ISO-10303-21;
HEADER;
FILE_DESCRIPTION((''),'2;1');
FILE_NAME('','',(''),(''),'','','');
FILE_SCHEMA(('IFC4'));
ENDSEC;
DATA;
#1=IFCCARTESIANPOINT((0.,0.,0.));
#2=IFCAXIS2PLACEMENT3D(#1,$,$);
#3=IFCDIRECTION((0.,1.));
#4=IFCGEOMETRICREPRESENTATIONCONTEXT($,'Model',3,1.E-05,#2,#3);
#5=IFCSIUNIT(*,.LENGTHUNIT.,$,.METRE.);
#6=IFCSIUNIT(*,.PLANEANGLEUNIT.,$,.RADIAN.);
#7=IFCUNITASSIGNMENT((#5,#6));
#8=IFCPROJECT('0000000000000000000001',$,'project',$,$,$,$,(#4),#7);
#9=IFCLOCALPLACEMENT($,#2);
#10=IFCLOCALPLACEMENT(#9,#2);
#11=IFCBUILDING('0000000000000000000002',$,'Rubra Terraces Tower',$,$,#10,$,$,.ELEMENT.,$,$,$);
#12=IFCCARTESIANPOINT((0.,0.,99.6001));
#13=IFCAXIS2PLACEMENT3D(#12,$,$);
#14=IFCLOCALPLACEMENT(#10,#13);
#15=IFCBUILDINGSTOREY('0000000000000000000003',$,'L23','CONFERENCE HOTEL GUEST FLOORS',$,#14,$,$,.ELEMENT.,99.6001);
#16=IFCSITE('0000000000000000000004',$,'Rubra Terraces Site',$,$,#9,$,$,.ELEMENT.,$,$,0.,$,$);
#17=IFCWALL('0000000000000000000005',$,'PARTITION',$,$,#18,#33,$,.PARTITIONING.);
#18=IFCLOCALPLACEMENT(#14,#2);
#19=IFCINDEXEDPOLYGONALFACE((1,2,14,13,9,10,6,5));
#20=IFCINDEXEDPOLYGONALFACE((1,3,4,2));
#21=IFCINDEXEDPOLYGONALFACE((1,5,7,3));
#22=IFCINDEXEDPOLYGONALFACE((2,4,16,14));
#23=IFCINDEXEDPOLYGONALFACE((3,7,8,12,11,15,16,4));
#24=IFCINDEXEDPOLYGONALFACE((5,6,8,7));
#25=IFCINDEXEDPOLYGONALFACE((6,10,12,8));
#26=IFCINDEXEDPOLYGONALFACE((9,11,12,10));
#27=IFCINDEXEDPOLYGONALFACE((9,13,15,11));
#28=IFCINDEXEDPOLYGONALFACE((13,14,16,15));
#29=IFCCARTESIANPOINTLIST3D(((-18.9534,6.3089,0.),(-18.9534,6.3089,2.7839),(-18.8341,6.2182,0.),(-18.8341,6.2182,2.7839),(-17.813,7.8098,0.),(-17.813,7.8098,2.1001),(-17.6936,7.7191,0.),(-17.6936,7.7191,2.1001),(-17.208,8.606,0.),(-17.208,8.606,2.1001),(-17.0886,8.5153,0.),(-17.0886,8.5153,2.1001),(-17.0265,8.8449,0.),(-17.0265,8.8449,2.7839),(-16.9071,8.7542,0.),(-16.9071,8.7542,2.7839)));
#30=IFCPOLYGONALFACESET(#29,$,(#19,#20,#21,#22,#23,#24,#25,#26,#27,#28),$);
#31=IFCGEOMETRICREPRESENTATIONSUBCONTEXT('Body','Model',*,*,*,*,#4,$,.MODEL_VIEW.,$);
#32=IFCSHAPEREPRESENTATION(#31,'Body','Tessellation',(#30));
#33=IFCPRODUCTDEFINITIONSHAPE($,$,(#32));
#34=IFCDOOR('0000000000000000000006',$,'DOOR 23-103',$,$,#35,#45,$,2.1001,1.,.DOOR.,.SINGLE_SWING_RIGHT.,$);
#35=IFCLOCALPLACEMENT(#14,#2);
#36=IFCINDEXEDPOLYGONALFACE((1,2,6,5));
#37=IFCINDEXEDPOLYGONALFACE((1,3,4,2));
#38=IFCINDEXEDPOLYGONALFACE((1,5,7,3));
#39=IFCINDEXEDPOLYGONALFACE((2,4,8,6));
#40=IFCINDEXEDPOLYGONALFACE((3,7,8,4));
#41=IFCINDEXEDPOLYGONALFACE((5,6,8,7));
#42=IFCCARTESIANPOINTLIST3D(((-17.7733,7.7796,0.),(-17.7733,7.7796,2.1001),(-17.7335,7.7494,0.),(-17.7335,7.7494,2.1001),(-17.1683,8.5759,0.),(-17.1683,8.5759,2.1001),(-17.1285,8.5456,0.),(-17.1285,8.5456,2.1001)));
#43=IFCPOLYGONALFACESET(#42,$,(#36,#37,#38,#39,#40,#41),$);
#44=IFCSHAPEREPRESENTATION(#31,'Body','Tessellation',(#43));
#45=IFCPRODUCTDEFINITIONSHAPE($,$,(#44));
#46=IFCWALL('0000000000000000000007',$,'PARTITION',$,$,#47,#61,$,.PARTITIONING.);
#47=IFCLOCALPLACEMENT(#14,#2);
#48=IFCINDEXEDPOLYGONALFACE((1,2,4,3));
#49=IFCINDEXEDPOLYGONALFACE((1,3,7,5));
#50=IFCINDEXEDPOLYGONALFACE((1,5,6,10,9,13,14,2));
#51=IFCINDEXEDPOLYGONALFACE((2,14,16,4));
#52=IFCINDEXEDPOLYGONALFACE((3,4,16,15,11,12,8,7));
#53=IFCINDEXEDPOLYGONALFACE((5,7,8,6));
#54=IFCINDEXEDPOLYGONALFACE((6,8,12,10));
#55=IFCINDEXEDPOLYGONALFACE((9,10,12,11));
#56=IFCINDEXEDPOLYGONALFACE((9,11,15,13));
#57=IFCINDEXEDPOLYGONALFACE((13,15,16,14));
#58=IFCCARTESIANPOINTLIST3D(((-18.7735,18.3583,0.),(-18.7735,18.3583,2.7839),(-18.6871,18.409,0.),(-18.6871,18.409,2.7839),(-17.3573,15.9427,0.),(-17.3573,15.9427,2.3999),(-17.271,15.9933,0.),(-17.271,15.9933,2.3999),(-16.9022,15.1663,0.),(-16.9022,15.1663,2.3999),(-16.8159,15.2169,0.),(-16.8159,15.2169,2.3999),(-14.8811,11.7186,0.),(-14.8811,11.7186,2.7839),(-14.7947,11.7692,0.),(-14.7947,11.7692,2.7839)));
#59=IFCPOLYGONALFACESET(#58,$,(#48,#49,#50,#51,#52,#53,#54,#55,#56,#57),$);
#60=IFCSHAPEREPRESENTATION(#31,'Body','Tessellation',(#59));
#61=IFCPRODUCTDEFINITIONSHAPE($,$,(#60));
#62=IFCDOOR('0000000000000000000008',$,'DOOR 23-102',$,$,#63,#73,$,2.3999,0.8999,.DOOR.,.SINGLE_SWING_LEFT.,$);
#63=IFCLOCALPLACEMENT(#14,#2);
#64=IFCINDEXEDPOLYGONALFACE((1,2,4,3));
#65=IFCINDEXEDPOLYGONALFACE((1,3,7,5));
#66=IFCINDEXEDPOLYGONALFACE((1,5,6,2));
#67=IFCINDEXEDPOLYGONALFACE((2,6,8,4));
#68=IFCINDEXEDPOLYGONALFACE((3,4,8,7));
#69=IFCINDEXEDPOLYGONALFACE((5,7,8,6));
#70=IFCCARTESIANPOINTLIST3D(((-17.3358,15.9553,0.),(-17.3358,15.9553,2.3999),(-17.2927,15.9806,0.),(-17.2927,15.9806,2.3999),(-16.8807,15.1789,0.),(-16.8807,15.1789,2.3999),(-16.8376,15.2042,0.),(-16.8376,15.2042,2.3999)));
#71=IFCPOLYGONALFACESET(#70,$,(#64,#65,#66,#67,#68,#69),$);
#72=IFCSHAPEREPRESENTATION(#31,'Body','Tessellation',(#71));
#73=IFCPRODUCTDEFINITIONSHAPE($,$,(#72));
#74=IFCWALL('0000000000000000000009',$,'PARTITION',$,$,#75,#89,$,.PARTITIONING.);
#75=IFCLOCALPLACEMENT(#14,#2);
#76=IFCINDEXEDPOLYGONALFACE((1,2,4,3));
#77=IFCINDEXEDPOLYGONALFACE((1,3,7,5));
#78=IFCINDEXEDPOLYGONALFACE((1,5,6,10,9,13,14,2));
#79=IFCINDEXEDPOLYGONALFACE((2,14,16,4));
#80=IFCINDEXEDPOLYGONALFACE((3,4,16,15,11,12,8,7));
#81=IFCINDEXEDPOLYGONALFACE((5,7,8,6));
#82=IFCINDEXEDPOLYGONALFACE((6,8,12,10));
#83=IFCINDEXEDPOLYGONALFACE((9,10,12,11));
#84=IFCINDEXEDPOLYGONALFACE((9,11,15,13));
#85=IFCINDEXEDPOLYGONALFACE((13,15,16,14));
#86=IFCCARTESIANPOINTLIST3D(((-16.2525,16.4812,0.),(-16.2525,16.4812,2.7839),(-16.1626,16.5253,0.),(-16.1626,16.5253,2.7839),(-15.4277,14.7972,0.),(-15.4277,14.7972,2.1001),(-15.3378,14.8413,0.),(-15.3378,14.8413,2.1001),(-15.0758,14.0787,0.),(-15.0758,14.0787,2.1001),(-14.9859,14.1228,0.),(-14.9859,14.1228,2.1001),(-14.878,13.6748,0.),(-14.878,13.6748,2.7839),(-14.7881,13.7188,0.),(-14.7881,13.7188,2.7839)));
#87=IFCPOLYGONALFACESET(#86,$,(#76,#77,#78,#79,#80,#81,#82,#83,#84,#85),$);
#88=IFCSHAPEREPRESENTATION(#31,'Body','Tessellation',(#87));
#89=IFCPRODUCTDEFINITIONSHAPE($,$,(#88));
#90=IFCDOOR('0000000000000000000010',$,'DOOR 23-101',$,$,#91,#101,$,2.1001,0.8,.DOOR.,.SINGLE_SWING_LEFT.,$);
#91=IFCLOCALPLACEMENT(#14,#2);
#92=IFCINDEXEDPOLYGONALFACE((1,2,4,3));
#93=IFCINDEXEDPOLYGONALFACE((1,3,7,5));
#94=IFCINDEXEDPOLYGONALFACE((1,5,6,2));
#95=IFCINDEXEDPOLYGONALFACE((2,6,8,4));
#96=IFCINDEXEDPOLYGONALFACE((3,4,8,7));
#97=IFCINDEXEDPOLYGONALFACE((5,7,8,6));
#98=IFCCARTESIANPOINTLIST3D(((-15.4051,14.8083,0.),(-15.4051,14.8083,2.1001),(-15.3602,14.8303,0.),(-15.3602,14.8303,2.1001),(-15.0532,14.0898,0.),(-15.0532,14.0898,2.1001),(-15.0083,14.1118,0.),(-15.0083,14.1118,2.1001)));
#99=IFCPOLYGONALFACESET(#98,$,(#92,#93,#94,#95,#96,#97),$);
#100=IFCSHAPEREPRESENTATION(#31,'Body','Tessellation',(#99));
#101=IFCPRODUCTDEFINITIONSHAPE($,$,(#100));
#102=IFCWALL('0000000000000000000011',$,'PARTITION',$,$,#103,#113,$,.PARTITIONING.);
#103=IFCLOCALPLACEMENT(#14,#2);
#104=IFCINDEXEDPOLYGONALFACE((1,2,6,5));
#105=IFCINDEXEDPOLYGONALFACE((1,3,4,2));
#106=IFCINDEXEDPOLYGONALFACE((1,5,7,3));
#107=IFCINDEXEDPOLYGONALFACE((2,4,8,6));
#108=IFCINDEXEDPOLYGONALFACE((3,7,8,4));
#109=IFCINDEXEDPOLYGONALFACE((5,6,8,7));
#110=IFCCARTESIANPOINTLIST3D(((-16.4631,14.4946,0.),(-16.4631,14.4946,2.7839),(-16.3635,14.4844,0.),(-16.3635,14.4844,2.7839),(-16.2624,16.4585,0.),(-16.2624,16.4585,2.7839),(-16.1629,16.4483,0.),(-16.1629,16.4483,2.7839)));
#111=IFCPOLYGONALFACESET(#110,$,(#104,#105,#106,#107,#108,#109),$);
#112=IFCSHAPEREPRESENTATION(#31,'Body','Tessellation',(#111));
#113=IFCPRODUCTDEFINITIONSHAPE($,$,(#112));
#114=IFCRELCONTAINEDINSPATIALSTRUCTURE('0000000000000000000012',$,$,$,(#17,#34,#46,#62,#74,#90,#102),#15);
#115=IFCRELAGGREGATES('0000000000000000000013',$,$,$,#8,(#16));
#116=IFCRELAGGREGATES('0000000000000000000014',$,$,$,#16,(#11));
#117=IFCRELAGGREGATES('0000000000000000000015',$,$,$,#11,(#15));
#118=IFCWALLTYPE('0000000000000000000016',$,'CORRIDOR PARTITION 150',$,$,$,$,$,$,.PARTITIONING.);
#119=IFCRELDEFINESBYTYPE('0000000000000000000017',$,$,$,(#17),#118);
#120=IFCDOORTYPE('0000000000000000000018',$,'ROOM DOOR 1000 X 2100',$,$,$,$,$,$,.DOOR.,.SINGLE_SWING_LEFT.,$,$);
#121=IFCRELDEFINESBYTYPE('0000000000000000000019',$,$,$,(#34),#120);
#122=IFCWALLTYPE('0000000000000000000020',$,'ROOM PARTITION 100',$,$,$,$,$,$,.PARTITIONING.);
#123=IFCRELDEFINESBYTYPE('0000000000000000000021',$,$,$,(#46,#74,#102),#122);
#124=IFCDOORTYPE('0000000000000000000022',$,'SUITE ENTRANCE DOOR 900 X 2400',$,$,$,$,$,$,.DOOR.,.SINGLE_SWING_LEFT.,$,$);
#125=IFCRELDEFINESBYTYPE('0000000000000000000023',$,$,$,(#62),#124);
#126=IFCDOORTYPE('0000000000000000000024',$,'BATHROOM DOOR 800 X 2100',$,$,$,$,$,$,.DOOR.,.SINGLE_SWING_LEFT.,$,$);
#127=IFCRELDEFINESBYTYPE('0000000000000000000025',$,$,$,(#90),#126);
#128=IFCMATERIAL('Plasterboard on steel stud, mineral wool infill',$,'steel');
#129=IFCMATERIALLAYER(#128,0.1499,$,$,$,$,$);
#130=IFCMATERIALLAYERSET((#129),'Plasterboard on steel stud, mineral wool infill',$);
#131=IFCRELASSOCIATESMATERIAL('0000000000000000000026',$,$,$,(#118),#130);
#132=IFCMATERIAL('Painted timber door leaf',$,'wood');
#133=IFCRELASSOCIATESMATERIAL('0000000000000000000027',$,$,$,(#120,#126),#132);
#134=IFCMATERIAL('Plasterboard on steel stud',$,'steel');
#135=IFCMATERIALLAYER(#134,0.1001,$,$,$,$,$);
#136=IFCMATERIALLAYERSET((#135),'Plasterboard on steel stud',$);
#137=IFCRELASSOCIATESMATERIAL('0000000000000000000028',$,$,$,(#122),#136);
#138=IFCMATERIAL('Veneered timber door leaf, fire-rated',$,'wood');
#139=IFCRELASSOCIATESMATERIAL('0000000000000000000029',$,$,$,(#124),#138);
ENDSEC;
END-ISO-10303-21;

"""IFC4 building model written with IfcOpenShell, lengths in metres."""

from ifc_helpers import new_model, si_unit, direction, frame, frame_2d, origin, place, context, subcontext, project, spatial, rectangle, extrude, material, layer, layer_set, type_object, element, fill, save


model = new_model("IFC4")

# Units and contexts
model_context = context("Model", 3, precision=1e-05, world=origin(), true_north=direction((0.0, 1.0)))
body_context = subcontext(model_context, "Body", "Model", "MODEL_VIEW")
ifc_project = project(units=[si_unit("LENGTHUNIT", "METRE"), si_unit("PLANEANGLEUNIT", "RADIAN")], contexts=[model_context])

# Site, building, storey
site_placement = place(None, origin())
site = spatial("IfcSite", under=ifc_project, at=site_placement, Name="Rubra Terraces Site", CompositionType="ELEMENT", RefElevation=0.0)
building_placement = place(site_placement, origin())
building = spatial("IfcBuilding", under=site, at=building_placement, Name="Rubra Terraces Tower", CompositionType="ELEMENT")
storey_placement = place(building_placement, frame((0.0, 0.0, 99.6001)))
storey = spatial("IfcBuildingStorey", under=building, at=storey_placement, Name="L23", Description="CONFERENCE HOTEL GUEST FLOORS", CompositionType="ELEMENT", Elevation=99.6001)

# Shared definitions
ifc_material_1 = material(Name="Plasterboard on steel stud, mineral wool infill", Category="steel")
ifc_layer_1 = layer(ifc_material_1, 0.1499)
ifc_layer_set_1 = layer_set([ifc_layer_1], Name="Plasterboard on steel stud, mineral wool infill")
wall_type_1 = type_object("IfcWallType", Name="CORRIDOR PARTITION 150", PredefinedType="PARTITIONING", material=ifc_layer_set_1)

# Walls, openings, doors
wall_1_placement = place(storey_placement, frame((-16.9668, 8.7996, 0.0), z_axis=(0.0, 0.0, 1.0), x_axis=(-0.604992, -0.796232, 0.0)))
wall_1 = element("IfcWall", 1, at=wall_1_placement, inside=storey, type_object=wall_type_1, Name="PARTITION", PredefinedType="PARTITIONING", context=body_context, shape_type="SweptSolid", body=[
    extrude(rectangle(XDim=3.1851, YDim=0.1499, at=frame_2d((1.5925, 0.0))), origin(), (0.0, 0.0, 1.0), 2.7839),
])
opening_1_placement = place(wall_1_placement, frame((0.3, 0.0, 0.0)))
opening_1 = element("IfcOpeningElement", 2, at=opening_1_placement, cuts=wall_1, PredefinedType="OPENING", context=body_context, shape_type="SweptSolid", body=[
    extrude(rectangle(XDim=1.0, YDim=2.1001, at=frame_2d((0.5, 1.05))), frame((0.0, 0.085, 0.0), z_axis=(0.0, -1.0, 0.0), x_axis=(1.0, 0.0, 0.0)), (0.0, 0.0, 1.0), 0.1699),
])
ifc_material_2 = material(Name="Painted timber door leaf", Category="wood")
door_type_1 = type_object("IfcDoorType", Name="ROOM DOOR 1000 X 2100", OperationType="SINGLE_SWING_LEFT", PredefinedType="DOOR", material=ifc_material_2)
door_1_placement = place(opening_1_placement, origin())
door_1 = element("IfcDoor", 3, at=door_1_placement, inside=storey, type_object=door_type_1, Name="DOOR 23-103", OperationType="SINGLE_SWING_RIGHT", OverallHeight=2.1001, OverallWidth=1.0, PredefinedType="DOOR", context=body_context, shape_type="SweptSolid", body=[
    extrude(rectangle(XDim=1.0, YDim=2.1001, at=frame_2d((0.5, 1.05))), frame((0.0, 0.0249, 0.0), z_axis=(0.0, -1.0, 0.0), x_axis=(1.0, 0.0, 0.0)), (0.0, 0.0, 1.0), 0.05),
])
fill(opening_1, door_1)
ifc_material_3 = material(Name="Plasterboard on steel stud", Category="steel")
ifc_layer_2 = layer(ifc_material_3, 0.1001)
ifc_layer_set_2 = layer_set([ifc_layer_2], Name="Plasterboard on steel stud")
wall_type_2 = type_object("IfcWallType", Name="ROOM PARTITION 100", PredefinedType="PARTITIONING", material=ifc_layer_set_2)
wall_2_placement = place(storey_placement, frame((-18.7302, 18.3835, 0.0), z_axis=(0.0, 0.0, 1.0), x_axis=(0.505732, -0.862691, 0.0)))
wall_2 = element("IfcWall", 4, at=wall_2_placement, inside=storey, type_object=wall_type_2, Name="PARTITION", PredefinedType="PARTITIONING", context=body_context, shape_type="SweptSolid", body=[
    extrude(rectangle(XDim=7.6965, YDim=0.1001, at=frame_2d((3.8481, 0.0))), origin(), (0.0, 0.0, 1.0), 2.7839),
])
opening_2_placement = place(wall_2_placement, frame((2.8, 0.0, 0.0)))
opening_2 = element("IfcOpeningElement", 5, at=opening_2_placement, cuts=wall_2, PredefinedType="OPENING", context=body_context, shape_type="SweptSolid", body=[
    extrude(rectangle(XDim=0.8999, YDim=2.3999, at=frame_2d((0.45, 1.2))), frame((0.0, 0.0601, 0.0), z_axis=(0.0, -1.0, 0.0), x_axis=(1.0, 0.0, 0.0)), (0.0, 0.0, 1.0), 0.1201),
])
ifc_material_4 = material(Name="Veneered timber door leaf, fire-rated", Category="wood")
door_type_2 = type_object("IfcDoorType", Name="SUITE ENTRANCE DOOR 900 X 2400", OperationType="SINGLE_SWING_LEFT", PredefinedType="DOOR", material=ifc_material_4)
door_2_placement = place(opening_2_placement, origin())
door_2 = element("IfcDoor", 6, at=door_2_placement, inside=storey, type_object=door_type_2, Name="DOOR 23-102", OperationType="SINGLE_SWING_LEFT", OverallHeight=2.3999, OverallWidth=0.8999, PredefinedType="DOOR", context=body_context, shape_type="SweptSolid", body=[
    extrude(rectangle(XDim=0.8999, YDim=2.3999, at=frame_2d((0.45, 1.2))), frame((0.0, 0.0249, 0.0), z_axis=(0.0, -1.0, 0.0), x_axis=(1.0, 0.0, 0.0)), (0.0, 0.0, 1.0), 0.05),
])
fill(opening_2, door_2)
wall_3_placement = place(storey_placement, frame((-14.833, 13.6968, 0.0), z_axis=(0.0, 0.0, 1.0), x_axis=(-0.439855, 0.898069, 0.0)))
wall_3 = element("IfcWall", 7, at=wall_3_placement, inside=storey, type_object=wall_type_2, Name="PARTITION", PredefinedType="PARTITIONING", context=body_context, shape_type="SweptSolid", body=[
    extrude(rectangle(XDim=3.125, YDim=0.1001, at=frame_2d((1.5625, 0.0))), origin(), (0.0, 0.0, 1.0), 2.7839),
])
opening_3_placement = place(wall_3_placement, frame((0.45, 0.0, 0.0)))
opening_3 = element("IfcOpeningElement", 8, at=opening_3_placement, cuts=wall_3, PredefinedType="OPENING", context=body_context, shape_type="SweptSolid", body=[
    extrude(rectangle(XDim=0.8, YDim=2.1001, at=frame_2d((0.3999, 1.05))), frame((0.0, 0.0601, 0.0), z_axis=(0.0, -1.0, 0.0), x_axis=(1.0, 0.0, 0.0)), (0.0, 0.0, 1.0), 0.1201),
])
door_type_3 = type_object("IfcDoorType", Name="BATHROOM DOOR 800 X 2100", OperationType="SINGLE_SWING_LEFT", PredefinedType="DOOR", material=ifc_material_2)
door_3_placement = place(opening_3_placement, origin())
door_3 = element("IfcDoor", 9, at=door_3_placement, inside=storey, type_object=door_type_3, Name="DOOR 23-101", OperationType="SINGLE_SWING_LEFT", OverallHeight=2.1001, OverallWidth=0.8, PredefinedType="DOOR", context=body_context, shape_type="SweptSolid", body=[
    extrude(rectangle(XDim=0.8, YDim=2.1001, at=frame_2d((0.3999, 1.05))), frame((0.0, 0.0249, 0.0), z_axis=(0.0, -1.0, 0.0), x_axis=(1.0, 0.0, 0.0)), (0.0, 0.0, 1.0), 0.05),
])
fill(opening_3, door_3)

# Wall
wall_4_placement = place(storey_placement, frame((-16.2126, 16.4534, 0.0), z_axis=(0.0, 0.0, 1.0), x_axis=(-0.101659, -0.994819, 0.0)))
element("IfcWall", 10, at=wall_4_placement, inside=storey, type_object=wall_type_2, Name="PARTITION", PredefinedType="PARTITIONING", context=body_context, shape_type="SweptSolid", body=[
    extrude(rectangle(XDim=1.9741, YDim=0.1001, at=frame_2d((0.9871, 0.0))), origin(), (0.0, 0.0, 1.0), 2.7839),
])

save(model, "model.ifc")
